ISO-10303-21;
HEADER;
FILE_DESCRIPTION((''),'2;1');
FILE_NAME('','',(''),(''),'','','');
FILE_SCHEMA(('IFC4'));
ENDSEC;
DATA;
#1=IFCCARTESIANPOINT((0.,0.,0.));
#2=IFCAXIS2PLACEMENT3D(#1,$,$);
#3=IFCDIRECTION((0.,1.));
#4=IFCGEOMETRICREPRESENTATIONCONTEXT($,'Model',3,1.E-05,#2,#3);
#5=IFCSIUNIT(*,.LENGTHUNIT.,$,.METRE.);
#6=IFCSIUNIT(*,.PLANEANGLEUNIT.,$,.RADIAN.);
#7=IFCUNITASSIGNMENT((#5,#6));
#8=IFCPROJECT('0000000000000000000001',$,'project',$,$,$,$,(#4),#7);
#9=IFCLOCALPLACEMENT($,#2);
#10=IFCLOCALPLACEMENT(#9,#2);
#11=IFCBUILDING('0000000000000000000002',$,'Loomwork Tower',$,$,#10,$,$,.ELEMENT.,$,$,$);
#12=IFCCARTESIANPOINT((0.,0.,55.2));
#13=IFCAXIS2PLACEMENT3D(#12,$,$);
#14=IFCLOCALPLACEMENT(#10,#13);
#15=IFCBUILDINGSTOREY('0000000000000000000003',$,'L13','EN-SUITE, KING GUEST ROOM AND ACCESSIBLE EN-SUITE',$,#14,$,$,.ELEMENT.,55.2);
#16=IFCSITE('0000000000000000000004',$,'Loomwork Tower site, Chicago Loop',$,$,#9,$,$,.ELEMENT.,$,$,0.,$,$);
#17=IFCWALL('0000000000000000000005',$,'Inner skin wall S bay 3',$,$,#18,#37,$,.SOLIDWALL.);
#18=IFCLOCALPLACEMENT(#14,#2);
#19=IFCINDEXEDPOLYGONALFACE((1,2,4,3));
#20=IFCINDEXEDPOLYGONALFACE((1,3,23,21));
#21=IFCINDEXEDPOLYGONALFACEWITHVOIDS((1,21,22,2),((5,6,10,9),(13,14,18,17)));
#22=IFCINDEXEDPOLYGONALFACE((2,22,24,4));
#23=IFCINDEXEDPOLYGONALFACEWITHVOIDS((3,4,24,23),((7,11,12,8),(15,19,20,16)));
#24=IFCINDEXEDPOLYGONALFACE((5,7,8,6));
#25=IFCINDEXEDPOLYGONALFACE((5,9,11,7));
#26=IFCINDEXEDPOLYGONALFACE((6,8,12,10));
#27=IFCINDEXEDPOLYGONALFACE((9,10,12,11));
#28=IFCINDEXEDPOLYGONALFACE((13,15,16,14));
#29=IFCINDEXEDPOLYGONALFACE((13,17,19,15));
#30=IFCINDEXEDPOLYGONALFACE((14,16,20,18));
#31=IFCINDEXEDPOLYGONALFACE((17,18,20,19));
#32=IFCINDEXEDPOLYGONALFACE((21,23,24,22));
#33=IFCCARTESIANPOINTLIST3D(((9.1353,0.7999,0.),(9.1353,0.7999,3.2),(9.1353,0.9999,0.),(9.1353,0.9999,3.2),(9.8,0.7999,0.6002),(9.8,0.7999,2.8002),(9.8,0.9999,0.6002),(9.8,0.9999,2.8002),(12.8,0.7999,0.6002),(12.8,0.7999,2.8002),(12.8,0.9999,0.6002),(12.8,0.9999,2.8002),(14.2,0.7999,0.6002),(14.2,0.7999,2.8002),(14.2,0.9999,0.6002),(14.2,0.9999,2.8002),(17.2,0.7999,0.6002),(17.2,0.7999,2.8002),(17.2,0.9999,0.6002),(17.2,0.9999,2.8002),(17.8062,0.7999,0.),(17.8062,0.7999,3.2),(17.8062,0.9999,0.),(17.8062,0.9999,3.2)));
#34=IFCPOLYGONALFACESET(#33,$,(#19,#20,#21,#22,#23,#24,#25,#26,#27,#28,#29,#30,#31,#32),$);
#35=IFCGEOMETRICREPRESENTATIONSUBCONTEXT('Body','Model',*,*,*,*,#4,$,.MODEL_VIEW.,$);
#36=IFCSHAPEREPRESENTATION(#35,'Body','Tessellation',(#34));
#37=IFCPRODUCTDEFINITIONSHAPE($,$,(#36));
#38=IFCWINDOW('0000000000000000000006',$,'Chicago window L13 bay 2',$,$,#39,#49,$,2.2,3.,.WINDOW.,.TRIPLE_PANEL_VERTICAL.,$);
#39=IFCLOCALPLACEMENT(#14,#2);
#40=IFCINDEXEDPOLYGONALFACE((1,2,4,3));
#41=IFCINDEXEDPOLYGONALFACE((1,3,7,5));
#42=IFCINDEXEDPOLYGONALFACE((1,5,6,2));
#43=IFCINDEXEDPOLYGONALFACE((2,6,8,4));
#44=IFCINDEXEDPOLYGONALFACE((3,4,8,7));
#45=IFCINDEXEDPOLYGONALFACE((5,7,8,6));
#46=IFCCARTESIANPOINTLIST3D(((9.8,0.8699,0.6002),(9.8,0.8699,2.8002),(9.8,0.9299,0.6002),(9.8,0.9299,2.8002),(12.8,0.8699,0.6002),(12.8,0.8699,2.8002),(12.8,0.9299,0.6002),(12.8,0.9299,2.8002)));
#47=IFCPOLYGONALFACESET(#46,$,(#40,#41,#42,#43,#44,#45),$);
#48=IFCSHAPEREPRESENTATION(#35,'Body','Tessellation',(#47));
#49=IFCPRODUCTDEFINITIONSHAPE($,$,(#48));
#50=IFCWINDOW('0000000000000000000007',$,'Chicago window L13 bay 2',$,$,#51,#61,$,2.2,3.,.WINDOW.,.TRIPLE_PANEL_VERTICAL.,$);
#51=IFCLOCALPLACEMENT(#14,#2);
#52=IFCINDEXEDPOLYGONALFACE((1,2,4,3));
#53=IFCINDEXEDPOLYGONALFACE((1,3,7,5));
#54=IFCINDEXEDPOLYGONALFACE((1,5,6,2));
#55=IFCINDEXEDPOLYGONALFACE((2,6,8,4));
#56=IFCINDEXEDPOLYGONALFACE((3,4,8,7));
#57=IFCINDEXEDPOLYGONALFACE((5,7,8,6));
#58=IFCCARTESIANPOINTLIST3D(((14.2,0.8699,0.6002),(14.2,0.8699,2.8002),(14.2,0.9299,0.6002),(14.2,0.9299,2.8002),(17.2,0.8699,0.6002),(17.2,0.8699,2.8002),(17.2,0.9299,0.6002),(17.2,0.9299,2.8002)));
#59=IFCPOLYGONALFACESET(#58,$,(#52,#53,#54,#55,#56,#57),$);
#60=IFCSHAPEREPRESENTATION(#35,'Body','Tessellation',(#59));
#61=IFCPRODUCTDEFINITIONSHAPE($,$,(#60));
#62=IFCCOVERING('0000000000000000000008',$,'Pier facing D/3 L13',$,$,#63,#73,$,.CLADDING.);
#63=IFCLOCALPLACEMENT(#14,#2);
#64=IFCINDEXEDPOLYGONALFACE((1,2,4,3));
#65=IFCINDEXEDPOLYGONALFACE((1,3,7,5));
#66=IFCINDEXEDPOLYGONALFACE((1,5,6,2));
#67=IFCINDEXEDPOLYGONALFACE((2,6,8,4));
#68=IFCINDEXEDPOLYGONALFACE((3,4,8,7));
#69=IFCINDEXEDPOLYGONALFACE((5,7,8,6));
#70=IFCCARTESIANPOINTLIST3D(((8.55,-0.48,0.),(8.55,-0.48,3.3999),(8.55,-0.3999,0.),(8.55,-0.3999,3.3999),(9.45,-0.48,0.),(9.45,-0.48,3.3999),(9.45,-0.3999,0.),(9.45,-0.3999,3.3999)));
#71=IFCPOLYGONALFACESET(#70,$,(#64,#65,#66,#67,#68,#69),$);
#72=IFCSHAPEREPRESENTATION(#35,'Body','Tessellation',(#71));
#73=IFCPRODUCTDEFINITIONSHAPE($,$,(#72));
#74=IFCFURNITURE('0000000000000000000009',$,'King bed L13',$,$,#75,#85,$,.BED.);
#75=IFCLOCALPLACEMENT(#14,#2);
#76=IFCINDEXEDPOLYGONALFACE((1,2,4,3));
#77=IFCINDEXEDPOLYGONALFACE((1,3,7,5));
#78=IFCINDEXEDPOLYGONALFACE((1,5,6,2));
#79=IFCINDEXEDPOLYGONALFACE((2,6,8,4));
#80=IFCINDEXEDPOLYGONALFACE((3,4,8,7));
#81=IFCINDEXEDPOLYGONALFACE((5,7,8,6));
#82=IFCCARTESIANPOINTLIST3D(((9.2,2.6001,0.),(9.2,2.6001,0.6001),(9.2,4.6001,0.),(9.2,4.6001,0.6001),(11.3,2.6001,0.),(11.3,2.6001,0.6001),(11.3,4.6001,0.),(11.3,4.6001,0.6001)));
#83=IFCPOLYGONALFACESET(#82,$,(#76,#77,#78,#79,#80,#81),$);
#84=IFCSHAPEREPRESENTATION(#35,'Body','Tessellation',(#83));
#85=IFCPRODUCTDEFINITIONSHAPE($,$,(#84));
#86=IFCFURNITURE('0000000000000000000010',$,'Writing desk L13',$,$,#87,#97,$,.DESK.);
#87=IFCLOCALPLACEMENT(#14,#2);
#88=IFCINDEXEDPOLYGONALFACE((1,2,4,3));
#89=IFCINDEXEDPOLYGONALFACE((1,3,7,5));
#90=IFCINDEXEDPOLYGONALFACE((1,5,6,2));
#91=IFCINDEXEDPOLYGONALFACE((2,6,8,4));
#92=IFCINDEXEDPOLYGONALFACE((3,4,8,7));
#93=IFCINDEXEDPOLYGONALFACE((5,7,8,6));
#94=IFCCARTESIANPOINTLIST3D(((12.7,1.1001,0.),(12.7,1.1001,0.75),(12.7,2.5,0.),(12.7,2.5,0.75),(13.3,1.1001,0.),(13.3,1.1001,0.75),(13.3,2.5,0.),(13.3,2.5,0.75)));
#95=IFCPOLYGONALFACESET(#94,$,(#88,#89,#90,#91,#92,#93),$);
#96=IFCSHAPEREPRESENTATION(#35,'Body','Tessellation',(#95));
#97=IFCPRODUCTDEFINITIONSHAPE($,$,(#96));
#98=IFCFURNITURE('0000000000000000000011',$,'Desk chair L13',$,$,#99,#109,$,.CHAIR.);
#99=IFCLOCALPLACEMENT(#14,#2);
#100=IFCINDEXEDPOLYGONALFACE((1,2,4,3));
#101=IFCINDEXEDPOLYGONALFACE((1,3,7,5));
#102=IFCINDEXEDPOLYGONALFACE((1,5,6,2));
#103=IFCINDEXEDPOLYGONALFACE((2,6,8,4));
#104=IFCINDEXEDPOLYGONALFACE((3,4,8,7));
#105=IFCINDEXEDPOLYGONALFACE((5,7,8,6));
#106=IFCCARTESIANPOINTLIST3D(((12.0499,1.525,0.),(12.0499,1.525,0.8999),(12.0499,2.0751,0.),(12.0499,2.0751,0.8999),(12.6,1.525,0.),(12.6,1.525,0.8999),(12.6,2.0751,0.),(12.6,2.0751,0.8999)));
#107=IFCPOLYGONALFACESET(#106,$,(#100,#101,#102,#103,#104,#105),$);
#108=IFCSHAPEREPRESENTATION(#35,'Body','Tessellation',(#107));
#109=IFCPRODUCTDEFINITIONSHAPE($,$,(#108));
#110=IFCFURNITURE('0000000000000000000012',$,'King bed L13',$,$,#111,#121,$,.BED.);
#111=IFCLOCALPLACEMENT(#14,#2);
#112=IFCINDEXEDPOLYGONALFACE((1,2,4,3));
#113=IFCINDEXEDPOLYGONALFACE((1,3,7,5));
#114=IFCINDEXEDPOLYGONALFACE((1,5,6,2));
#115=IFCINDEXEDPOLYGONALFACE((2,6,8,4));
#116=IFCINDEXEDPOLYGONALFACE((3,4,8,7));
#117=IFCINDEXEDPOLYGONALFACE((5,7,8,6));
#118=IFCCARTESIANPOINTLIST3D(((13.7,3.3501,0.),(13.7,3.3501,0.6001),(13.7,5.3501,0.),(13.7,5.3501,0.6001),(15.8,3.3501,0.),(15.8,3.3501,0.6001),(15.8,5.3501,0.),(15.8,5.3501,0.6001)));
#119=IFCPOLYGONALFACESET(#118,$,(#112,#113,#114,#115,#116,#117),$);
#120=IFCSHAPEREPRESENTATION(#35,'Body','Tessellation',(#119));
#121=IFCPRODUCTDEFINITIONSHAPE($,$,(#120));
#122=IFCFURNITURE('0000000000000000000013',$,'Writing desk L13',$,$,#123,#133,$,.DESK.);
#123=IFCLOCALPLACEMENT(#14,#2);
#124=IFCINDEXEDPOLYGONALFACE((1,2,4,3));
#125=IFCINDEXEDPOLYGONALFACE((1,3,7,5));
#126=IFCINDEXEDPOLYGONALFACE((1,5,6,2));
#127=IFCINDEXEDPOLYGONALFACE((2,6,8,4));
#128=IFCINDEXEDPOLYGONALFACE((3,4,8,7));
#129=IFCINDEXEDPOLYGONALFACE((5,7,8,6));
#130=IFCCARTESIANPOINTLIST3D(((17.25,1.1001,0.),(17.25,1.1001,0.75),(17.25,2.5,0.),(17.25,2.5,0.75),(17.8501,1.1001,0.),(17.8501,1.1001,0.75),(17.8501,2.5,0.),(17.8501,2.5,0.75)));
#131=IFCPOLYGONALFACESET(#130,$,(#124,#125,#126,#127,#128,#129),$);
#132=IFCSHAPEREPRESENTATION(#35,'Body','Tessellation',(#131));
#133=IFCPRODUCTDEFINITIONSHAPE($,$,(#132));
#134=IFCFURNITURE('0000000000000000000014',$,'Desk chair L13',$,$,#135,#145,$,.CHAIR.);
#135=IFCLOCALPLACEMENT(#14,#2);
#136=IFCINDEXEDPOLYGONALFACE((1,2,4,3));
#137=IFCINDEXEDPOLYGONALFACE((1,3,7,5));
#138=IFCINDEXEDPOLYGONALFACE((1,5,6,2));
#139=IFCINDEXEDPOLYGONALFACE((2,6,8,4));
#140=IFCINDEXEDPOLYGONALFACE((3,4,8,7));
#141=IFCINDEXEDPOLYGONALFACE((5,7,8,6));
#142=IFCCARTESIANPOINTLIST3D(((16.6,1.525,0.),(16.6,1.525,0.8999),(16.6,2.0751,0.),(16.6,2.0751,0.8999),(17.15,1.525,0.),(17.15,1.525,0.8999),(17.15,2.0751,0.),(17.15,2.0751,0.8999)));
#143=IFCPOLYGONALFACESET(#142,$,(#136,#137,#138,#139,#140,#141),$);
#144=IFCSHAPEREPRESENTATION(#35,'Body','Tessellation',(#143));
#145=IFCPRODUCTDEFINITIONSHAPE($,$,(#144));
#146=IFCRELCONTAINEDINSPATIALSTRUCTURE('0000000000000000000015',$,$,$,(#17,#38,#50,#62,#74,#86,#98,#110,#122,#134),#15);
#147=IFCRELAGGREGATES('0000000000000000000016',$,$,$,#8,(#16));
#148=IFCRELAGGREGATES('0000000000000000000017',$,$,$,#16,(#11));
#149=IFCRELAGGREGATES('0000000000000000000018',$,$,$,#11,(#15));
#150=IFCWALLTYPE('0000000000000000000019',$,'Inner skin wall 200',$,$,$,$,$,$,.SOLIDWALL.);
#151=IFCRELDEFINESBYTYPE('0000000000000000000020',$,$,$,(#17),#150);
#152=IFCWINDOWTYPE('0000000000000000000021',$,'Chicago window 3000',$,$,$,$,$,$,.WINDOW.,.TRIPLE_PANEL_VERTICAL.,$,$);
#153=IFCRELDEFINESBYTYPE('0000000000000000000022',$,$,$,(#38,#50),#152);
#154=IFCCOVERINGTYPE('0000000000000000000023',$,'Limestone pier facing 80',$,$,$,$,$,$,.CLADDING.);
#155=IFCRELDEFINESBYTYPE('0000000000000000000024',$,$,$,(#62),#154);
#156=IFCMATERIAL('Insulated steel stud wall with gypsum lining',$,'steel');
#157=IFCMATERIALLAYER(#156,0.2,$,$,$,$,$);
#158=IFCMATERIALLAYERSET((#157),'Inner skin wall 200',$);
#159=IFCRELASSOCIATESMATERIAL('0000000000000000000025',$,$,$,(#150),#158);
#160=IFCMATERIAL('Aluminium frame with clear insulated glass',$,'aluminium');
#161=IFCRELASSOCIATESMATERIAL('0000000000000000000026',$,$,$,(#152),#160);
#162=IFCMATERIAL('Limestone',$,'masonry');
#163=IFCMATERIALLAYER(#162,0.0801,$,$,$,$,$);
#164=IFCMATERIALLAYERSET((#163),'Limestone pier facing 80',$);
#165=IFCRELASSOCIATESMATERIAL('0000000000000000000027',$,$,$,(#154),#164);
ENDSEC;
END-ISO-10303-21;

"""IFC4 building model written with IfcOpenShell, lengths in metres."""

from ifc_helpers import new_model, si_unit, direction, frame, frame_2d, origin, origin_2d, place, context, subcontext, project, spatial, rectangle, extrude, material, layer, layer_set, type_object, element, fill, save


model = new_model("IFC4")

# Units and contexts
model_context = context("Model", 3, precision=1e-05, world=origin(), true_north=direction((0.0, 1.0)))
body_context = subcontext(model_context, "Body", "Model", "MODEL_VIEW")
ifc_project = project(units=[si_unit("LENGTHUNIT", "METRE"), si_unit("PLANEANGLEUNIT", "RADIAN")], contexts=[model_context])

# Site, building, storey
site_placement = place(None, origin())
site = spatial("IfcSite", under=ifc_project, at=site_placement, Name="Loomwork Tower site, Chicago Loop", CompositionType="ELEMENT", RefElevation=0.0)
building_placement = place(site_placement, origin())
building = spatial("IfcBuilding", under=site, at=building_placement, Name="Loomwork Tower", CompositionType="ELEMENT")
storey_placement = place(building_placement, frame((0.0, 0.0, 55.2)))
storey = spatial("IfcBuildingStorey", under=building, at=storey_placement, Name="L13", Description="EN-SUITE, KING GUEST ROOM AND ACCESSIBLE EN-SUITE", CompositionType="ELEMENT", Elevation=55.2)

# Wall, openings, windows
ifc_material_1 = material(Name="Insulated steel stud wall with gypsum lining", Category="steel")
ifc_layer_1 = layer(ifc_material_1, 0.2)
ifc_layer_set_1 = layer_set([ifc_layer_1], Name="Inner skin wall 200")
wall_type = type_object("IfcWallType", Name="Inner skin wall 200", PredefinedType="SOLIDWALL", material=ifc_layer_set_1)
wall_placement = place(storey_placement, frame((9.1353, 0.8999, 0.0), z_axis=(0.0, 0.0, 1.0), x_axis=(1.0, 0.0, 0.0)))
wall = element("IfcWall", 1, at=wall_placement, inside=storey, type_object=wall_type, Name="Inner skin wall S bay 3", PredefinedType="SOLIDWALL", context=body_context, shape_type="SweptSolid", body=[
    extrude(rectangle(XDim=8.6709, YDim=0.2, at=frame_2d((4.3354, 0.0))), origin(), (0.0, 0.0, 1.0), 3.2),
])
opening_1_placement = place(wall_placement, frame((0.6648, 0.0, 0.6001)))
opening_1 = element("IfcOpeningElement", 2, at=opening_1_placement, cuts=wall, PredefinedType="OPENING", context=body_context, shape_type="SweptSolid", body=[
    extrude(rectangle(XDim=3.0, YDim=2.2, at=frame_2d((1.5, 1.1001))), frame((0.0, 0.1099, 0.0), z_axis=(0.0, -1.0, 0.0), x_axis=(1.0, 0.0, 0.0)), (0.0, 0.0, 1.0), 0.22),
])
opening_2_placement = place(wall_placement, frame((5.0647, 0.0, 0.6001)))
opening_2 = element("IfcOpeningElement", 3, at=opening_2_placement, cuts=wall, PredefinedType="OPENING", context=body_context, shape_type="SweptSolid", body=[
    extrude(rectangle(XDim=3.0, YDim=2.2, at=frame_2d((1.5, 1.1001))), frame((0.0, 0.1099, 0.0), z_axis=(0.0, -1.0, 0.0), x_axis=(1.0, 0.0, 0.0)), (0.0, 0.0, 1.0), 0.22),
])
ifc_material_2 = material(Name="Aluminium frame with clear insulated glass", Category="aluminium")
window_type = type_object("IfcWindowType", Name="Chicago window 3000", PartitioningType="TRIPLE_PANEL_VERTICAL", PredefinedType="WINDOW", material=ifc_material_2)
window_1_placement = place(opening_1_placement, origin())
window_1 = element("IfcWindow", 4, at=window_1_placement, inside=storey, type_object=window_type, Name="Chicago window L13 bay 2", OverallHeight=2.2, OverallWidth=3.0, PartitioningType="TRIPLE_PANEL_VERTICAL", PredefinedType="WINDOW", context=body_context, shape_type="SweptSolid", body=[
    extrude(rectangle(XDim=3.0, YDim=2.2, at=frame_2d((1.5, 1.1001))), frame((0.0, 0.03, 0.0), z_axis=(0.0, -1.0, 0.0), x_axis=(1.0, 0.0, 0.0)), (0.0, 0.0, 1.0), 0.0601),
])
fill(opening_1, window_1)
window_2_placement = place(opening_2_placement, origin())
window_2 = element("IfcWindow", 5, at=window_2_placement, inside=storey, type_object=window_type, Name="Chicago window L13 bay 2", OverallHeight=2.2, OverallWidth=3.0, PartitioningType="TRIPLE_PANEL_VERTICAL", PredefinedType="WINDOW", context=body_context, shape_type="SweptSolid", body=[
    extrude(rectangle(XDim=3.0, YDim=2.2, at=frame_2d((1.5, 1.1001))), frame((0.0, 0.03, 0.0), z_axis=(0.0, -1.0, 0.0), x_axis=(1.0, 0.0, 0.0)), (0.0, 0.0, 1.0), 0.0601),
])
fill(opening_2, window_2)

# Covering
ifc_material_3 = material(Name="Limestone", Category="masonry")
ifc_layer_2 = layer(ifc_material_3, 0.0801)
ifc_layer_set_2 = layer_set([ifc_layer_2], Name="Limestone pier facing 80")
covering_type = type_object("IfcCoveringType", Name="Limestone pier facing 80", PredefinedType="CLADDING", material=ifc_layer_set_2)
covering_placement = place(storey_placement, frame((9.0, -0.4399, 0.0), z_axis=(0.0, 0.0, 1.0), x_axis=(1.0, 0.0, 0.0)))
element("IfcCovering", 6, at=covering_placement, inside=storey, type_object=covering_type, Name="Pier facing D/3 L13", PredefinedType="CLADDING", context=body_context, shape_type="SweptSolid", body=[
    extrude(rectangle(XDim=0.8999, YDim=0.0801, at=origin_2d()), origin(), (0.0, 0.0, 1.0), 3.3999),
])

# Furniture
furniture_1_placement = place(storey_placement, frame((10.25, 3.6001, 0.0), z_axis=(0.0, 0.0, 1.0), x_axis=(1.0, 0.0, 0.0)))
element("IfcFurniture", 7, at=furniture_1_placement, inside=storey, Name="King bed L13", PredefinedType="BED", context=body_context, shape_type="SweptSolid", body=[
    extrude(rectangle(XDim=2.1001, YDim=2.0, at=origin_2d()), origin(), (0.0, 0.0, 1.0), 0.6001),
])
furniture_2_placement = place(storey_placement, frame((13.0, 1.8, 0.0), z_axis=(0.0, 0.0, 1.0), x_axis=(1.0, 0.0, 0.0)))
element("IfcFurniture", 8, at=furniture_2_placement, inside=storey, Name="Writing desk L13", PredefinedType="DESK", context=body_context, shape_type="SweptSolid", body=[
    extrude(rectangle(XDim=0.6001, YDim=1.3999, at=origin_2d()), origin(), (0.0, 0.0, 1.0), 0.75),
])
furniture_3_placement = place(storey_placement, frame((12.325, 1.8, 0.0), z_axis=(0.0, 0.0, 1.0), x_axis=(1.0, 0.0, 0.0)))
element("IfcFurniture", 9, at=furniture_3_placement, inside=storey, Name="Desk chair L13", PredefinedType="CHAIR", context=body_context, shape_type="SweptSolid", body=[
    extrude(rectangle(XDim=0.55, YDim=0.55, at=origin_2d()), origin(), (0.0, 0.0, 1.0), 0.8999),
])
furniture_4_placement = place(storey_placement, frame((14.75, 4.3501, 0.0), z_axis=(0.0, 0.0, 1.0), x_axis=(1.0, 0.0, 0.0)))
element("IfcFurniture", 10, at=furniture_4_placement, inside=storey, Name="King bed L13", PredefinedType="BED", context=body_context, shape_type="SweptSolid", body=[
    extrude(rectangle(XDim=2.1001, YDim=2.0, at=origin_2d()), origin(), (0.0, 0.0, 1.0), 0.6001),
])
furniture_5_placement = place(storey_placement, frame((17.55, 1.8, 0.0), z_axis=(0.0, 0.0, 1.0), x_axis=(1.0, 0.0, 0.0)))
element("IfcFurniture", 11, at=furniture_5_placement, inside=storey, Name="Writing desk L13", PredefinedType="DESK", context=body_context, shape_type="SweptSolid", body=[
    extrude(rectangle(XDim=0.6001, YDim=1.3999, at=origin_2d()), origin(), (0.0, 0.0, 1.0), 0.75),
])
furniture_6_placement = place(storey_placement, frame((16.875, 1.8, 0.0), z_axis=(0.0, 0.0, 1.0), x_axis=(1.0, 0.0, 0.0)))
element("IfcFurniture", 12, at=furniture_6_placement, inside=storey, Name="Desk chair L13", PredefinedType="CHAIR", context=body_context, shape_type="SweptSolid", body=[
    extrude(rectangle(XDim=0.55, YDim=0.55, at=origin_2d()), origin(), (0.0, 0.0, 1.0), 0.8999),
])

save(model, "model.ifc")
